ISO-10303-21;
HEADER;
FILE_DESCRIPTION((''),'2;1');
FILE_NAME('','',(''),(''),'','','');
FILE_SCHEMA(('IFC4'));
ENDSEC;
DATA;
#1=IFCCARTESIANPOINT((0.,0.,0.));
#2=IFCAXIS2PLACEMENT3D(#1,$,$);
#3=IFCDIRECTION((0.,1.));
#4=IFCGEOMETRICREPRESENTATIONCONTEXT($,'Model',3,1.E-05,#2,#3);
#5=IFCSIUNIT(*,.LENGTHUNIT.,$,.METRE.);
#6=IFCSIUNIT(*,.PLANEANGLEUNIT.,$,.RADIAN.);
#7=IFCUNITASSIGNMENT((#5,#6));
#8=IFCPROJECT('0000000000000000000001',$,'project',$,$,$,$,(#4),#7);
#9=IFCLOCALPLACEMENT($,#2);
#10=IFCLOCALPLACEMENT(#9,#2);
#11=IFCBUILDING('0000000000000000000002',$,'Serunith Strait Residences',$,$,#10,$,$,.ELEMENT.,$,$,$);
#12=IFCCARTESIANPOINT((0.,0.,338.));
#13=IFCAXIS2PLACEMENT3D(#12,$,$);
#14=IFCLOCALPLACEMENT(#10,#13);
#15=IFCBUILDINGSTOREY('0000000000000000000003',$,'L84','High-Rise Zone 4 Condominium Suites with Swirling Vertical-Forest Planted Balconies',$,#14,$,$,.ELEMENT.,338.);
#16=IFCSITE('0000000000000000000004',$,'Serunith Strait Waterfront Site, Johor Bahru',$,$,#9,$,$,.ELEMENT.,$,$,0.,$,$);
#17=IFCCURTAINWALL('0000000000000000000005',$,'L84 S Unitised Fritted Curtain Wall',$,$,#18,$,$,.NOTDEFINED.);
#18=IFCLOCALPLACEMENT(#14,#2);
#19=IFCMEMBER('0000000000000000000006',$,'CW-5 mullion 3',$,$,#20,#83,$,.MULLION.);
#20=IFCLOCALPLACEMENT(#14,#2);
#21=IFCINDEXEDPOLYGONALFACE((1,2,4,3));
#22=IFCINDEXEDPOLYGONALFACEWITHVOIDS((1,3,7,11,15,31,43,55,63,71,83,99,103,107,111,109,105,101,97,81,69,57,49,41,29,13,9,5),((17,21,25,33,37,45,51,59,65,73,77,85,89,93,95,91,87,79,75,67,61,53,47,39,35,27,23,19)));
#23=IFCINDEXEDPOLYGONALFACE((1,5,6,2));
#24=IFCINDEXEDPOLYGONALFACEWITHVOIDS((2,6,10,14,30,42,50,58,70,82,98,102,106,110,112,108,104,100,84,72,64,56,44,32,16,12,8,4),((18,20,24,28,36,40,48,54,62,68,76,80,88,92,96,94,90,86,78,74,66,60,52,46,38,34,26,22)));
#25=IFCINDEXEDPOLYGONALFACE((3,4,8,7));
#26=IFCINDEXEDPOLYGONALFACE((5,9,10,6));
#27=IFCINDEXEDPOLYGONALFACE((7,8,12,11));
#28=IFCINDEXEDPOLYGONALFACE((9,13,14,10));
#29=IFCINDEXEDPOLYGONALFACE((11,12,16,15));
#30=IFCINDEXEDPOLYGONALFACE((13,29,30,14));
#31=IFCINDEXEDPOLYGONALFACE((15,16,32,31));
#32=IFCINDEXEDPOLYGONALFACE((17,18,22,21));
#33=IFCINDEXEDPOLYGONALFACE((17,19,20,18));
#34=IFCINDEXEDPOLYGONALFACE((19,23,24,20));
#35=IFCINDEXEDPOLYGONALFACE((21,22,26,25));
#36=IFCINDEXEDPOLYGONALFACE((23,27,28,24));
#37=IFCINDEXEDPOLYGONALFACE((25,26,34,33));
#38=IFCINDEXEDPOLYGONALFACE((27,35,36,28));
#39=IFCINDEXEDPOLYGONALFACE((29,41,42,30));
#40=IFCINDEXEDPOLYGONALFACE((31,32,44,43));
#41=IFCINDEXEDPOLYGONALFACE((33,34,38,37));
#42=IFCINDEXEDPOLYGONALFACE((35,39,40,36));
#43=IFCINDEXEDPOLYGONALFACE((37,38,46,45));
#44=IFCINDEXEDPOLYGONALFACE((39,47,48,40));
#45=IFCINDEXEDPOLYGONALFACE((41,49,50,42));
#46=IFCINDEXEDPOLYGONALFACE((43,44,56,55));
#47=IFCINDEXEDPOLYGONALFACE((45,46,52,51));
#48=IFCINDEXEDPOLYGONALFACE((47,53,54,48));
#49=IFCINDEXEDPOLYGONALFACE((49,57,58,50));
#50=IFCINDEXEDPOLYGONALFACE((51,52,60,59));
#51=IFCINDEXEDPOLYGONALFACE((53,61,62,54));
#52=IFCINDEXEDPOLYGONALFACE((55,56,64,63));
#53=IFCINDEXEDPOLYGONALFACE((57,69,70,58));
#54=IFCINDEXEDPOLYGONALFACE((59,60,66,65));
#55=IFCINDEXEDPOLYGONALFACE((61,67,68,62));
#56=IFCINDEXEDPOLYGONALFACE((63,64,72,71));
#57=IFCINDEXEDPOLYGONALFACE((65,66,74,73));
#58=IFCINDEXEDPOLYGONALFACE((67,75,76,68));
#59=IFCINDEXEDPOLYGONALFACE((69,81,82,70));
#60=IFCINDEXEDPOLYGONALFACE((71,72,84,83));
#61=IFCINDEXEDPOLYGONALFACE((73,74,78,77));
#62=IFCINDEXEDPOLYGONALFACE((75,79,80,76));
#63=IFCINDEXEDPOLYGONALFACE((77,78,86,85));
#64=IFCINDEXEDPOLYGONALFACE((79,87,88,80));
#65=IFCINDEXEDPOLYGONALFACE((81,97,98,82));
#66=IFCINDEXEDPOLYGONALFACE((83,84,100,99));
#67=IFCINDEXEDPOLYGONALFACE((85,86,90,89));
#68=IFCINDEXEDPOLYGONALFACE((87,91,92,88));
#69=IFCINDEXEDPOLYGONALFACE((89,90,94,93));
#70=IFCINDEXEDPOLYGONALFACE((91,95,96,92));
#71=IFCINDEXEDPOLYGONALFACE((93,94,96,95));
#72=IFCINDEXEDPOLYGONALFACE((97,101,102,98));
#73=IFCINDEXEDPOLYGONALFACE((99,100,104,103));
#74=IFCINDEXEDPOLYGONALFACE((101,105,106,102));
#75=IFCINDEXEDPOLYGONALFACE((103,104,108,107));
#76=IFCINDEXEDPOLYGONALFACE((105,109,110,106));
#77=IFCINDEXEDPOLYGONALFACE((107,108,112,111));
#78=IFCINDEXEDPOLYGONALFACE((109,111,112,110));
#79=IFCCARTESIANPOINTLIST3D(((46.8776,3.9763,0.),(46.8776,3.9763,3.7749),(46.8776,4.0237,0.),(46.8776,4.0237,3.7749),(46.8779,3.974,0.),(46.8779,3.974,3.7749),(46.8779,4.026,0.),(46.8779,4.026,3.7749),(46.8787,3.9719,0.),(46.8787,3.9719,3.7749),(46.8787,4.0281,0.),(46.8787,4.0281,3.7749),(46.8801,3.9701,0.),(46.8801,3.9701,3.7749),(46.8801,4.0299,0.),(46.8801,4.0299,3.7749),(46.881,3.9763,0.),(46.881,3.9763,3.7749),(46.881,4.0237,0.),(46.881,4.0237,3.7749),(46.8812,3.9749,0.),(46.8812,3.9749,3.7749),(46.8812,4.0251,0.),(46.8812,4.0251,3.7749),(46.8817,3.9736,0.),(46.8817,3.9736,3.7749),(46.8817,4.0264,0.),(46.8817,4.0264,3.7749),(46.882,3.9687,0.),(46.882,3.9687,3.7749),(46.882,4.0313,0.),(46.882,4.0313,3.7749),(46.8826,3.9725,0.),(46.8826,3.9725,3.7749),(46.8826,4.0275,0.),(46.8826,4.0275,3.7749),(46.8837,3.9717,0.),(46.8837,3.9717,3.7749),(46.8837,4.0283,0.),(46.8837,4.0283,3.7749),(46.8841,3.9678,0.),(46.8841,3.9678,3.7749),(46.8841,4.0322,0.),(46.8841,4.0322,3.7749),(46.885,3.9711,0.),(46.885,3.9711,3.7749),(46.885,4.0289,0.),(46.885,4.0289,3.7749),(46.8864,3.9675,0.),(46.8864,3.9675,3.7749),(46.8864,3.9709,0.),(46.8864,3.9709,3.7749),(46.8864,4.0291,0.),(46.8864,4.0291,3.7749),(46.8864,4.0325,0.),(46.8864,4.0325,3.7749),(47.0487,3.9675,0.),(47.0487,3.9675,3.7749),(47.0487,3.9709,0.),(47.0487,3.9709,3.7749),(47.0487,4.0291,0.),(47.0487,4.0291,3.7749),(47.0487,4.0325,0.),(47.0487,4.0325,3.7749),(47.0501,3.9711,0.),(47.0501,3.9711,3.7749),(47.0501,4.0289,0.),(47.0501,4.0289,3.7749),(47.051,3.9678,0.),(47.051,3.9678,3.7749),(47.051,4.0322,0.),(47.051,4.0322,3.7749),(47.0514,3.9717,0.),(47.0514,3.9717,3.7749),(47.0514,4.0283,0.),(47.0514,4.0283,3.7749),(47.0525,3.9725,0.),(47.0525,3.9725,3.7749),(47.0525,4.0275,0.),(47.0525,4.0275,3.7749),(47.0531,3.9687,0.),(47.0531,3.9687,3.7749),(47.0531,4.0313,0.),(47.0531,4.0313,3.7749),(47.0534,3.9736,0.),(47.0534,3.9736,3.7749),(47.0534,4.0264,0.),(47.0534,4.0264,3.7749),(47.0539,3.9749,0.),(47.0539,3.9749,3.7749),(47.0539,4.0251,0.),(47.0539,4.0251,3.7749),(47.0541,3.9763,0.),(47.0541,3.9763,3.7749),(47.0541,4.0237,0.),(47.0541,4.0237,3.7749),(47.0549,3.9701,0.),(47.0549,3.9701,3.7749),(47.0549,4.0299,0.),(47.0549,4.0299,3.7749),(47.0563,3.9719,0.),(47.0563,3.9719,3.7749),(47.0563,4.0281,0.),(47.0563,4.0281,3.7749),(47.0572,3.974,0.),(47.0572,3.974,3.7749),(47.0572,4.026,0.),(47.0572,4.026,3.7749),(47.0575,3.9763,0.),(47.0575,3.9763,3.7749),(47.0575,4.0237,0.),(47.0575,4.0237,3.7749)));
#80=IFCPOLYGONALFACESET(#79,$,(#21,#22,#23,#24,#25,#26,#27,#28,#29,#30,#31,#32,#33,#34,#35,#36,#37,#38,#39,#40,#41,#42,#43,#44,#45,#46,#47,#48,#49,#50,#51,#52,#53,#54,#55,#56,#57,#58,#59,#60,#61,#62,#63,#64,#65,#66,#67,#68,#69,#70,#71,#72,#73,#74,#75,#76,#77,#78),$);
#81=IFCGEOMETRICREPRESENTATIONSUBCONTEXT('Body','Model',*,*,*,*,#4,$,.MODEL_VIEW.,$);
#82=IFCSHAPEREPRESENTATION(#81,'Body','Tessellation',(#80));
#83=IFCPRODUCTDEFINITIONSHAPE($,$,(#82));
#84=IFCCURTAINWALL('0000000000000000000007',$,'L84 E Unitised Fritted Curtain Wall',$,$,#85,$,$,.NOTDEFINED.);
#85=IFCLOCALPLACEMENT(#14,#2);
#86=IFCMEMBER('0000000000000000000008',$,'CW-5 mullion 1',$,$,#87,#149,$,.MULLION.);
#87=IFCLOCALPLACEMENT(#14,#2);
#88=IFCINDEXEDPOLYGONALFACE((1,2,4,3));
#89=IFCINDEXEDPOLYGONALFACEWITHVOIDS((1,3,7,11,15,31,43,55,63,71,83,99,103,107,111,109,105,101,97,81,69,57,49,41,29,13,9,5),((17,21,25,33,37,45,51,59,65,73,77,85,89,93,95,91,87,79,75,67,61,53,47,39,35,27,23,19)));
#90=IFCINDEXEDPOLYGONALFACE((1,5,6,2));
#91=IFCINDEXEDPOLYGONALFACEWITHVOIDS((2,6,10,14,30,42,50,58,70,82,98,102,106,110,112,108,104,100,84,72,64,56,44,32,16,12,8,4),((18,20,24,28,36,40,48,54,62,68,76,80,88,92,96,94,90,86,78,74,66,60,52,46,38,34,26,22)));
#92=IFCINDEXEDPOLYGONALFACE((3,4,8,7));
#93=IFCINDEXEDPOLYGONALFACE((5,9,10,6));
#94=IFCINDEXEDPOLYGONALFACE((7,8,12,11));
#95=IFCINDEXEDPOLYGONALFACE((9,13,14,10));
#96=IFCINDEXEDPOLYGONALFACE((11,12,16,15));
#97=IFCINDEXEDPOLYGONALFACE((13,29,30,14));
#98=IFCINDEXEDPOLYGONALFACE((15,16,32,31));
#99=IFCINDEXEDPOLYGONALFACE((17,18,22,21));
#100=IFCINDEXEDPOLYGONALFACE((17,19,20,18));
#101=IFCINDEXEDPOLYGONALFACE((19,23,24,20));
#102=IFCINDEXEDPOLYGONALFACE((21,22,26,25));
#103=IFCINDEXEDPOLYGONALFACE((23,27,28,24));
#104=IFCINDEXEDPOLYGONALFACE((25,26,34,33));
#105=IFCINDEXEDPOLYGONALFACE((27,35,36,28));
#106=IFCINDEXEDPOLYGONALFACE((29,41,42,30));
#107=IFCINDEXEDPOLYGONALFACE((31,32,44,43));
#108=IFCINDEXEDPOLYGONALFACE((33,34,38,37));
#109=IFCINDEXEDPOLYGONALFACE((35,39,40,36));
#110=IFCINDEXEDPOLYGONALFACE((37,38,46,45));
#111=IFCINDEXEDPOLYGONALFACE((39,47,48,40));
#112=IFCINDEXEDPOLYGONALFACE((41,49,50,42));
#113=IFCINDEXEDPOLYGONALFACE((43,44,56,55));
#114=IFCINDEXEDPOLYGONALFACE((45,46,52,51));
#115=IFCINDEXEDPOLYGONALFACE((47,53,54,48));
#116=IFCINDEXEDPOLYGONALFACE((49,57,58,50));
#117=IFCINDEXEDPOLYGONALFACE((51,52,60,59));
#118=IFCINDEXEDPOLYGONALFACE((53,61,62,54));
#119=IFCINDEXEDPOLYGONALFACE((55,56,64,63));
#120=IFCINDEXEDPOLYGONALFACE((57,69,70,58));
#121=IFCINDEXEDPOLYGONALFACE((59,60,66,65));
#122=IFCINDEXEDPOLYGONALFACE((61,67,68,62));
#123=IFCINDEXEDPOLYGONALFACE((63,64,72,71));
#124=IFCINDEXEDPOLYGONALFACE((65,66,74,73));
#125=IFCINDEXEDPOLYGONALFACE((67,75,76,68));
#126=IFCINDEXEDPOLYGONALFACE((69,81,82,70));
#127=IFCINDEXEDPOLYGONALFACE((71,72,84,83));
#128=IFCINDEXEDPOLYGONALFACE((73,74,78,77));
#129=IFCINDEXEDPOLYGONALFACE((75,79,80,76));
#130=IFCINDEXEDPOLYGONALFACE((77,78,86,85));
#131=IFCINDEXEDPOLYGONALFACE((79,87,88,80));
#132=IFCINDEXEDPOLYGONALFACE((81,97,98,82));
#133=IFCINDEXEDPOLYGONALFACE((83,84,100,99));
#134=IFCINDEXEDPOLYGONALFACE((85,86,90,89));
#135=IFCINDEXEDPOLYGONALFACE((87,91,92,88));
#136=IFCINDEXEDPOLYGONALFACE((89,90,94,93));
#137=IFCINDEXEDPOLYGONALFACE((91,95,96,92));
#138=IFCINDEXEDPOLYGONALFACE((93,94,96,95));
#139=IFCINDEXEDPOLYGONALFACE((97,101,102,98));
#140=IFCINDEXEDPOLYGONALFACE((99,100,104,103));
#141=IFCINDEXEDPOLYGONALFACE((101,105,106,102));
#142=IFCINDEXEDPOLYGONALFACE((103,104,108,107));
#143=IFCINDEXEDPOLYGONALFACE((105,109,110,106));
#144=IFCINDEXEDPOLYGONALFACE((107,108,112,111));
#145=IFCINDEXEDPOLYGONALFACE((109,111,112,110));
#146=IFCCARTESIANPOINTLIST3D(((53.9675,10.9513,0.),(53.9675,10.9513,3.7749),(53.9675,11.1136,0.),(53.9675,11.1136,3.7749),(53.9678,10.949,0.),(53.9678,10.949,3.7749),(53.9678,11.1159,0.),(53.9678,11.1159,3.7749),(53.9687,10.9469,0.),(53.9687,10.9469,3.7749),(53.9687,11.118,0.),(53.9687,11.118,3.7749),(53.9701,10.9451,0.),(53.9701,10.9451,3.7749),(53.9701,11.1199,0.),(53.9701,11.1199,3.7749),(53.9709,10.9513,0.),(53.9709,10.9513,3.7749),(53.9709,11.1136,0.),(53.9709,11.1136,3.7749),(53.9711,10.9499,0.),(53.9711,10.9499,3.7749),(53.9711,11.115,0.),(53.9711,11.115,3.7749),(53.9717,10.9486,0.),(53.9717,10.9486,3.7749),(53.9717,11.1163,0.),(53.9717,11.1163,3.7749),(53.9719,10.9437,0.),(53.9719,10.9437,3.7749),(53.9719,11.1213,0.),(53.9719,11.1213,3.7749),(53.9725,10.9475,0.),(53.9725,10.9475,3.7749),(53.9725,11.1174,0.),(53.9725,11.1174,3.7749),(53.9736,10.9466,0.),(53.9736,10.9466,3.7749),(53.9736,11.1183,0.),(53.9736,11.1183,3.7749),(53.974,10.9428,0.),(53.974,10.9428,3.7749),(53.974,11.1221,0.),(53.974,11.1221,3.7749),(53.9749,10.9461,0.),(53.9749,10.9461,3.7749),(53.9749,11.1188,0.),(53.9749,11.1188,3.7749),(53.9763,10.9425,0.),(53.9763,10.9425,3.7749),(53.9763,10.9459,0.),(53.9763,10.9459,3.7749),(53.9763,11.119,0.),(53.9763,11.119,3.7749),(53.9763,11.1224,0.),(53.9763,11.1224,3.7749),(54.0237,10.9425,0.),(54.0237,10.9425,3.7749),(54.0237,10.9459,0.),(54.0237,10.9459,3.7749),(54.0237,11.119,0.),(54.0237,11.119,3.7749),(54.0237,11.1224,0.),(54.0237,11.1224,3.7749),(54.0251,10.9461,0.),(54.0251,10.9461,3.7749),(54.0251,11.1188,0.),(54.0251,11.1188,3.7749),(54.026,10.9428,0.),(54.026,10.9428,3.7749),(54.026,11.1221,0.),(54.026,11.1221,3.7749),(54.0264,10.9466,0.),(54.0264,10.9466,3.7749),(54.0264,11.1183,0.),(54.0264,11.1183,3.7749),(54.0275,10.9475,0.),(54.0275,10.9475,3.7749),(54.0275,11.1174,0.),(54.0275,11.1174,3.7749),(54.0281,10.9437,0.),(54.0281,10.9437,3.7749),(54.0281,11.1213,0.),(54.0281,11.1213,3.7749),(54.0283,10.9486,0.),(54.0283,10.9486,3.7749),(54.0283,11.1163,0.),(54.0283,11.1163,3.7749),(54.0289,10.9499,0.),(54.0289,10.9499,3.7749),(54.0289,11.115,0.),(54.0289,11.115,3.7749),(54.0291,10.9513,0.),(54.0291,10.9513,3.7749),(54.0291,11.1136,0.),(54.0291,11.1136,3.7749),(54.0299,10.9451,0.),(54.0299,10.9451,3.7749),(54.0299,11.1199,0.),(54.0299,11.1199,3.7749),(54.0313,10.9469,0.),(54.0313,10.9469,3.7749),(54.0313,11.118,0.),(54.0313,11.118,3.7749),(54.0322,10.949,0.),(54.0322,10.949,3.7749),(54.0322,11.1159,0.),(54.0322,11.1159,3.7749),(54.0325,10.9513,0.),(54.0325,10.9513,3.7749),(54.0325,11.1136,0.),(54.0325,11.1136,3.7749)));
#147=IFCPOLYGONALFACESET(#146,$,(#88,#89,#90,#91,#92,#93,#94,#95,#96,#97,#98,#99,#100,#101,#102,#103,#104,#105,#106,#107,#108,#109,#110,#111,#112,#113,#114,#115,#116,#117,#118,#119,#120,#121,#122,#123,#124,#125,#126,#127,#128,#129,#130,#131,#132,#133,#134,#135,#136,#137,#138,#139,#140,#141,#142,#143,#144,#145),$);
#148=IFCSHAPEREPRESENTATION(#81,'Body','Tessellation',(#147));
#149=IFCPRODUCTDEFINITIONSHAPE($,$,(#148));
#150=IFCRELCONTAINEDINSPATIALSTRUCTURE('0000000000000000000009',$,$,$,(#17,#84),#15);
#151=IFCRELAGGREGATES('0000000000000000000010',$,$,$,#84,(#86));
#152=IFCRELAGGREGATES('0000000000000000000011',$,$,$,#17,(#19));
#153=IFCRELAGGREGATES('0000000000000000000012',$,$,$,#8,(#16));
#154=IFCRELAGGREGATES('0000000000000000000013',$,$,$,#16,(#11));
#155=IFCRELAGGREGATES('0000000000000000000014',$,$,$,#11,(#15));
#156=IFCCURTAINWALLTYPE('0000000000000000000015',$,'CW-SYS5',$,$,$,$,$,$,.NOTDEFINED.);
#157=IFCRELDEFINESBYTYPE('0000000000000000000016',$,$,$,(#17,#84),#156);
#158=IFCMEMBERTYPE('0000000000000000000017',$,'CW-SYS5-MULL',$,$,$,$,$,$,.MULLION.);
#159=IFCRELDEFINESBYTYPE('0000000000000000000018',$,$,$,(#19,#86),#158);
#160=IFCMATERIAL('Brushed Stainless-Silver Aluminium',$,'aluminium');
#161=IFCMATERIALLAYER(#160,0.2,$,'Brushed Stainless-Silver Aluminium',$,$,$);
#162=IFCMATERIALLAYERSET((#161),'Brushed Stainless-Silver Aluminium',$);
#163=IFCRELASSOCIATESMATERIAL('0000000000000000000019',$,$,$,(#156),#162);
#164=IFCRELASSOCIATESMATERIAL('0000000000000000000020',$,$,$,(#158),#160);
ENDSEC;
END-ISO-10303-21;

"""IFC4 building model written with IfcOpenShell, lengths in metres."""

from ifc_helpers import new_model, si_unit, direction, frame, origin, origin_2d, place, context, subcontext, project, spatial, hollow_rectangle, extrude, source, transform, mapped, material, layer, layer_set, material_profile, profile_set, type_object, element, aggregate, save


model = new_model("IFC4")

# Units and contexts
model_context = context("Model", 3, precision=1e-05, world=origin(), true_north=direction((0.0, 1.0)))
body_context = subcontext(model_context, "Body", "Model", "MODEL_VIEW")
ifc_project = project(units=[si_unit("LENGTHUNIT", "METRE"), si_unit("PLANEANGLEUNIT", "RADIAN")], contexts=[model_context])

# Site, building, storey
site_placement = place(None, origin())
site = spatial("IfcSite", under=ifc_project, at=site_placement, Name="Serunith Strait Waterfront Site, Johor Bahru", CompositionType="ELEMENT", RefElevation=0.0)
building_placement = place(site_placement, origin())
building = spatial("IfcBuilding", under=site, at=building_placement, Name="Serunith Strait Residences", CompositionType="ELEMENT")
storey_placement = place(building_placement, frame((0.0, 0.0, 338.0)))
storey = spatial("IfcBuildingStorey", under=building, at=storey_placement, Name="L84", Description="High-Rise Zone 4 Condominium Suites with Swirling Vertical-Forest Planted Balconies", CompositionType="ELEMENT", Elevation=338.0)

# Curtain walls, members
ifc_material_1 = material(Name="Brushed Stainless-Silver Aluminium", Category="aluminium")
ifc_layer_1 = layer(ifc_material_1, 0.2, Name="Brushed Stainless-Silver Aluminium")
ifc_layer_set_1 = layer_set([ifc_layer_1], Name="Brushed Stainless-Silver Aluminium")
curtain_wall_type = type_object("IfcCurtainWallType", Name="CW-SYS5", PredefinedType="NOTDEFINED", material=ifc_layer_set_1)
curtain_wall_1_placement = place(storey_placement, origin())
curtain_wall_1 = element("IfcCurtainWall", 1, at=curtain_wall_1_placement, inside=storey, type_object=curtain_wall_type, Name="L84 S Unitised Fritted Curtain Wall", PredefinedType="NOTDEFINED")
ifc_material_profile_1 = material_profile(ifc_material_1, hollow_rectangle(XDim=0.0649, YDim=0.1799, WallThickness=0.0034, InnerFilletRadius=0.0054, OuterFilletRadius=0.0088, at=origin_2d()), Name="ALU 180x65x3.5")
ifc_profile_set_1 = profile_set([ifc_material_profile_1], Name="Brushed Stainless-Silver Aluminium")
member_type_1 = type_object("IfcMemberType", Name="CW-SYS5-MULL", PredefinedType="MULLION", material=ifc_profile_set_1)
shared_shape_1 = source(origin(), body_context, "Body", "SweptSolid", [
    extrude(hollow_rectangle(XDim=0.0649, YDim=0.1799, WallThickness=0.0034, InnerFilletRadius=0.0054, OuterFilletRadius=0.0088, at=origin_2d()), origin(), (0.0, 0.0, 1.0), 3.7749),
])
member_1_placement = place(storey_placement, frame((46.9675, 4.0, 0.0), z_axis=(0.0, 0.0, 1.0), x_axis=(0.0, 1.0, 0.0)))
member_1 = element("IfcMember", 2, at=member_1_placement, type_object=member_type_1, Name="CW-5 mullion 3", PredefinedType="MULLION", context=body_context, shape_type="MappedRepresentation", body=[
    mapped(shared_shape_1, transform((0.0, 0.0, 0.0), scale=1.0)),
])
curtain_wall_2_placement = place(storey_placement, origin())
curtain_wall_2 = element("IfcCurtainWall", 3, at=curtain_wall_2_placement, inside=storey, type_object=curtain_wall_type, Name="L84 E Unitised Fritted Curtain Wall", PredefinedType="NOTDEFINED")
member_2_placement = place(storey_placement, frame((54.0, 11.0325, 0.0), z_axis=(0.0, 0.0, 1.0), x_axis=(-1.0, 0.0, 0.0)))
member_2 = element("IfcMember", 4, at=member_2_placement, type_object=member_type_1, Name="CW-5 mullion 1", PredefinedType="MULLION", context=body_context, shape_type="MappedRepresentation", body=[
    mapped(shared_shape_1, transform((0.0, 0.0, 0.0), scale=1.0)),
])

aggregate(curtain_wall_2, [member_2])

aggregate(curtain_wall_1, [member_1])

save(model, "model.ifc")
